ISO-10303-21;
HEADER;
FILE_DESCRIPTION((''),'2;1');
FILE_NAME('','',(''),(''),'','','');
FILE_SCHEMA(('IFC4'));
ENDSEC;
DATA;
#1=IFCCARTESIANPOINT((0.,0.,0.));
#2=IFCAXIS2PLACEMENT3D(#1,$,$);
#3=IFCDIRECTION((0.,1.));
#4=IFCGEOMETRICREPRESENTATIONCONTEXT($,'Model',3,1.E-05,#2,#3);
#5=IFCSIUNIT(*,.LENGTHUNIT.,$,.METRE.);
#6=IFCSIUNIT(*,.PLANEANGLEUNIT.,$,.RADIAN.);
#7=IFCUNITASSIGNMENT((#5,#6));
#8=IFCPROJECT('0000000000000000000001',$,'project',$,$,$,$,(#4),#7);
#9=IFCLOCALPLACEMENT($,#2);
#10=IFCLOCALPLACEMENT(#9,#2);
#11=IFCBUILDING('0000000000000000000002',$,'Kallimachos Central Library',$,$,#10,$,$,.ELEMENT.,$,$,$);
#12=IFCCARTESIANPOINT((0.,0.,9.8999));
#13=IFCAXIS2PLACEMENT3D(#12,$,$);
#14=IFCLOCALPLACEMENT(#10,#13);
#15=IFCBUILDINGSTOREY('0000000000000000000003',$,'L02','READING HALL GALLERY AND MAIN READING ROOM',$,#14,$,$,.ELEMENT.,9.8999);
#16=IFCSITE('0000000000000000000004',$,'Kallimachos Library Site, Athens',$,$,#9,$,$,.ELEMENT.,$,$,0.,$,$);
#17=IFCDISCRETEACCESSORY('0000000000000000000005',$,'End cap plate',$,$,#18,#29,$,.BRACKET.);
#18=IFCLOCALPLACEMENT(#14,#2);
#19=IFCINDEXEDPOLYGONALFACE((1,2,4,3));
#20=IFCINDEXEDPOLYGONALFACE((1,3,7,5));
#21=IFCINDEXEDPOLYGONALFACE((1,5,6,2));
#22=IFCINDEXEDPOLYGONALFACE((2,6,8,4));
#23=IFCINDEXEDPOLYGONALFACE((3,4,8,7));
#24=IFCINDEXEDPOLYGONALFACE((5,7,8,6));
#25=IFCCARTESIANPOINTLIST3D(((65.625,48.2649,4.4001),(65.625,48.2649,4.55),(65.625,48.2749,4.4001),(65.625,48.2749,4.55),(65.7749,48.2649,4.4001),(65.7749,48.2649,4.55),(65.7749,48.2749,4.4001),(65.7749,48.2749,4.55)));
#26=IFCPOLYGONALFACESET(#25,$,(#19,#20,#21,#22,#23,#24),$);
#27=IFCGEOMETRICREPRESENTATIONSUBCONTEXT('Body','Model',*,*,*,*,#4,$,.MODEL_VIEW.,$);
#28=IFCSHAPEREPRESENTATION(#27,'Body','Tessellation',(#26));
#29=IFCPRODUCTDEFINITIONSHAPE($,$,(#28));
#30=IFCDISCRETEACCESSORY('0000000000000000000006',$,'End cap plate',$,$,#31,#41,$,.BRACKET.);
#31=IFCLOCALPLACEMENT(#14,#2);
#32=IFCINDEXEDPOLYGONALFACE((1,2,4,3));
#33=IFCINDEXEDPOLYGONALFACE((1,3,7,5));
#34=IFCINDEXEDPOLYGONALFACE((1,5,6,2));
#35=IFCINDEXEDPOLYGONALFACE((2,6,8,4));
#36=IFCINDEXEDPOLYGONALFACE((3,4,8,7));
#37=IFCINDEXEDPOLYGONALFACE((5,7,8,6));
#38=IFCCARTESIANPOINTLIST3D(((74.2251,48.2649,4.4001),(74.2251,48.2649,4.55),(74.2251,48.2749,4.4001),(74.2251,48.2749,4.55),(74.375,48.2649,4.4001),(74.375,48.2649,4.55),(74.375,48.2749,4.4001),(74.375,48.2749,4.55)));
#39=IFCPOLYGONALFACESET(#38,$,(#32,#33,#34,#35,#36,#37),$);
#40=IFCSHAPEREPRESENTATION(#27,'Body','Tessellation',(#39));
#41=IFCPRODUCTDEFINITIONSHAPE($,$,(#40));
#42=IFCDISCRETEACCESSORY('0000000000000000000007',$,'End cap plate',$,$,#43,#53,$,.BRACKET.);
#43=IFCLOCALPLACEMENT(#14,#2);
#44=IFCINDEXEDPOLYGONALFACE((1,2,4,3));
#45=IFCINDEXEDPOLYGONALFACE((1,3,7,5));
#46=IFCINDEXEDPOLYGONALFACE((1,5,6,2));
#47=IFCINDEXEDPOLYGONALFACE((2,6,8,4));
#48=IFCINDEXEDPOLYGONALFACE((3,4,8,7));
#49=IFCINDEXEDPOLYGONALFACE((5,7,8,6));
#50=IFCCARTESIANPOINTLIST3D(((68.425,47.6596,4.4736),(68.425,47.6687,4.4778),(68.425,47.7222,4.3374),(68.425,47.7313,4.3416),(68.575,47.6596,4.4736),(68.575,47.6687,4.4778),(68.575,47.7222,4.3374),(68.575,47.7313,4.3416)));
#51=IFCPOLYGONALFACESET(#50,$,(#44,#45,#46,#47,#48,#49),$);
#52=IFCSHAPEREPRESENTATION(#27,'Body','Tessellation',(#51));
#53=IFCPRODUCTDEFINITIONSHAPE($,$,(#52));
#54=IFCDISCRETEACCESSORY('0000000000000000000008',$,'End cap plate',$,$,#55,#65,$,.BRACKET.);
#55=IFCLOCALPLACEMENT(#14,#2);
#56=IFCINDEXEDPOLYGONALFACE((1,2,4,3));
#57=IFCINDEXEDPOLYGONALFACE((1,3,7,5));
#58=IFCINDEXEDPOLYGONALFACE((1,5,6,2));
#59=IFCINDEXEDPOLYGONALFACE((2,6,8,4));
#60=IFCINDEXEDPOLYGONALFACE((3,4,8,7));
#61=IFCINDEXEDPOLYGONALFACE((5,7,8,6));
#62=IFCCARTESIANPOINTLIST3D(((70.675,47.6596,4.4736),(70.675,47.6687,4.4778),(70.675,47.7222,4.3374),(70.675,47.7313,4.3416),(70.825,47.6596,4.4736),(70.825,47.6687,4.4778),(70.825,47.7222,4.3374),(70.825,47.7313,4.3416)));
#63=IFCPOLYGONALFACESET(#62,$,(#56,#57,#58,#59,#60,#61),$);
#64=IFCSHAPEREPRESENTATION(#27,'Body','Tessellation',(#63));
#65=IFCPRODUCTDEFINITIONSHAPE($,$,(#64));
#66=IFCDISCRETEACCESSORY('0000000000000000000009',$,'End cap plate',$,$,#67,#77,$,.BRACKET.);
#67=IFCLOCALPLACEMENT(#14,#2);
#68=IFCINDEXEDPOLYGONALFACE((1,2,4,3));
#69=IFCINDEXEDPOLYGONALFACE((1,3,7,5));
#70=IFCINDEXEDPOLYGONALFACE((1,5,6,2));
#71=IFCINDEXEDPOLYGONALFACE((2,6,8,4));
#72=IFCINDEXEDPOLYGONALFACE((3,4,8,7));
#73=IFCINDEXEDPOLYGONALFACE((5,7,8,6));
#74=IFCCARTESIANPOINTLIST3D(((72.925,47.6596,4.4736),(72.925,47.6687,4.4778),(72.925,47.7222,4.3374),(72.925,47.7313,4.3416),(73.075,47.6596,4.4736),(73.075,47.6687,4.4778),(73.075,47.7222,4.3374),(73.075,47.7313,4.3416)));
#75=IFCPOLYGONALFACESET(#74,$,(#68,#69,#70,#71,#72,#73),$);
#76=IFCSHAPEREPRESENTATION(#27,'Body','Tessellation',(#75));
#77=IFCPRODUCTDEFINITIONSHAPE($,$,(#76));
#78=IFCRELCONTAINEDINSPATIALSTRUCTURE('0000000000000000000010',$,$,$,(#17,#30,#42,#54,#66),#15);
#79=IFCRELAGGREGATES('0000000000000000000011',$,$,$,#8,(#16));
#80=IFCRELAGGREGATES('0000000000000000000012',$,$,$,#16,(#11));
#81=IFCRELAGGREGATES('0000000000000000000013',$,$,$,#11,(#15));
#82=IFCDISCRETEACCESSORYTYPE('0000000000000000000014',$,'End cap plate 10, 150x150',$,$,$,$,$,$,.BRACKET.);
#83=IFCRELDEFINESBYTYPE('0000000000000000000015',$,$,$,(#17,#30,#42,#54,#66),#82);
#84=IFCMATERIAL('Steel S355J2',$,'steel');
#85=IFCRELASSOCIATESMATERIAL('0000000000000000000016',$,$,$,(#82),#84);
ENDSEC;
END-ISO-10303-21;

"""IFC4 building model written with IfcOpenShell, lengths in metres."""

from ifc_helpers import new_model, si_unit, direction, frame, origin, origin_2d, place, context, subcontext, project, spatial, rectangle, extrude, material, material_profile, profile_set, type_object, element, save


model = new_model("IFC4")

# Units and contexts
model_context = context("Model", 3, precision=1e-05, world=origin(), true_north=direction((0.0, 1.0)))
body_context = subcontext(model_context, "Body", "Model", "MODEL_VIEW")
ifc_project = project(units=[si_unit("LENGTHUNIT", "METRE"), si_unit("PLANEANGLEUNIT", "RADIAN")], contexts=[model_context])

# Site, building, storey
site_placement = place(None, origin())
site = spatial("IfcSite", under=ifc_project, at=site_placement, Name="Kallimachos Library Site, Athens", CompositionType="ELEMENT", RefElevation=0.0)
building_placement = place(site_placement, origin())
building = spatial("IfcBuilding", under=site, at=building_placement, Name="Kallimachos Central Library", CompositionType="ELEMENT")
storey_placement = place(building_placement, frame((0.0, 0.0, 9.8999)))
storey = spatial("IfcBuildingStorey", under=building, at=storey_placement, Name="L02", Description="READING HALL GALLERY AND MAIN READING ROOM", CompositionType="ELEMENT", Elevation=9.8999)

# Discrete accessories
ifc_material_1 = material(Name="Steel S355J2", Category="steel")
ifc_material_profile_1 = material_profile(ifc_material_1, rectangle(XDim=0.1499, YDim=0.1499, at=origin_2d()), Name="End cap plate 10, 150x150")
ifc_profile_set_1 = profile_set([ifc_material_profile_1], Name="Steel S355J2")
discrete_accessory_type = type_object("IfcDiscreteAccessoryType", Name="End cap plate 10, 150x150", PredefinedType="BRACKET", material=ifc_profile_set_1)
for number, where, z_axis, x_axis, name in (
    (1, (65.7, 48.2649, 4.4751), (0.0, 1.0, 0.0), (-1.0, 0.0, 0.0), "End cap plate"),
    (2, (74.3, 48.2649, 4.4751), (0.0, 1.0, 0.0), (-1.0, 0.0, 0.0), "End cap plate"),
    (3, (68.5, 47.6909, 4.4055), (0.0, 0.908677, 0.4175), (-1.0, 0.0, 0.0), "End cap plate"),
    (4, (70.75, 47.6909, 4.4055), (0.0, 0.908677, 0.4175), (-1.0, 0.0, 0.0), "End cap plate"),
    (5, (73.0, 47.6909, 4.4055), (0.0, 0.908677, 0.4175), (-1.0, 0.0, 0.0), "End cap plate"),
):
    element("IfcDiscreteAccessory", number, at=place(storey_placement, frame(where, z_axis=z_axis, x_axis=x_axis)), inside=storey, type_object=discrete_accessory_type, Name=name, PredefinedType="BRACKET", context=body_context, shape_type="SweptSolid", body=[
        extrude(rectangle(XDim=0.1499, YDim=0.1499, at=origin_2d()), origin(), (0.0, 0.0, 1.0), 0.01),
    ])

save(model, "model.ifc")
